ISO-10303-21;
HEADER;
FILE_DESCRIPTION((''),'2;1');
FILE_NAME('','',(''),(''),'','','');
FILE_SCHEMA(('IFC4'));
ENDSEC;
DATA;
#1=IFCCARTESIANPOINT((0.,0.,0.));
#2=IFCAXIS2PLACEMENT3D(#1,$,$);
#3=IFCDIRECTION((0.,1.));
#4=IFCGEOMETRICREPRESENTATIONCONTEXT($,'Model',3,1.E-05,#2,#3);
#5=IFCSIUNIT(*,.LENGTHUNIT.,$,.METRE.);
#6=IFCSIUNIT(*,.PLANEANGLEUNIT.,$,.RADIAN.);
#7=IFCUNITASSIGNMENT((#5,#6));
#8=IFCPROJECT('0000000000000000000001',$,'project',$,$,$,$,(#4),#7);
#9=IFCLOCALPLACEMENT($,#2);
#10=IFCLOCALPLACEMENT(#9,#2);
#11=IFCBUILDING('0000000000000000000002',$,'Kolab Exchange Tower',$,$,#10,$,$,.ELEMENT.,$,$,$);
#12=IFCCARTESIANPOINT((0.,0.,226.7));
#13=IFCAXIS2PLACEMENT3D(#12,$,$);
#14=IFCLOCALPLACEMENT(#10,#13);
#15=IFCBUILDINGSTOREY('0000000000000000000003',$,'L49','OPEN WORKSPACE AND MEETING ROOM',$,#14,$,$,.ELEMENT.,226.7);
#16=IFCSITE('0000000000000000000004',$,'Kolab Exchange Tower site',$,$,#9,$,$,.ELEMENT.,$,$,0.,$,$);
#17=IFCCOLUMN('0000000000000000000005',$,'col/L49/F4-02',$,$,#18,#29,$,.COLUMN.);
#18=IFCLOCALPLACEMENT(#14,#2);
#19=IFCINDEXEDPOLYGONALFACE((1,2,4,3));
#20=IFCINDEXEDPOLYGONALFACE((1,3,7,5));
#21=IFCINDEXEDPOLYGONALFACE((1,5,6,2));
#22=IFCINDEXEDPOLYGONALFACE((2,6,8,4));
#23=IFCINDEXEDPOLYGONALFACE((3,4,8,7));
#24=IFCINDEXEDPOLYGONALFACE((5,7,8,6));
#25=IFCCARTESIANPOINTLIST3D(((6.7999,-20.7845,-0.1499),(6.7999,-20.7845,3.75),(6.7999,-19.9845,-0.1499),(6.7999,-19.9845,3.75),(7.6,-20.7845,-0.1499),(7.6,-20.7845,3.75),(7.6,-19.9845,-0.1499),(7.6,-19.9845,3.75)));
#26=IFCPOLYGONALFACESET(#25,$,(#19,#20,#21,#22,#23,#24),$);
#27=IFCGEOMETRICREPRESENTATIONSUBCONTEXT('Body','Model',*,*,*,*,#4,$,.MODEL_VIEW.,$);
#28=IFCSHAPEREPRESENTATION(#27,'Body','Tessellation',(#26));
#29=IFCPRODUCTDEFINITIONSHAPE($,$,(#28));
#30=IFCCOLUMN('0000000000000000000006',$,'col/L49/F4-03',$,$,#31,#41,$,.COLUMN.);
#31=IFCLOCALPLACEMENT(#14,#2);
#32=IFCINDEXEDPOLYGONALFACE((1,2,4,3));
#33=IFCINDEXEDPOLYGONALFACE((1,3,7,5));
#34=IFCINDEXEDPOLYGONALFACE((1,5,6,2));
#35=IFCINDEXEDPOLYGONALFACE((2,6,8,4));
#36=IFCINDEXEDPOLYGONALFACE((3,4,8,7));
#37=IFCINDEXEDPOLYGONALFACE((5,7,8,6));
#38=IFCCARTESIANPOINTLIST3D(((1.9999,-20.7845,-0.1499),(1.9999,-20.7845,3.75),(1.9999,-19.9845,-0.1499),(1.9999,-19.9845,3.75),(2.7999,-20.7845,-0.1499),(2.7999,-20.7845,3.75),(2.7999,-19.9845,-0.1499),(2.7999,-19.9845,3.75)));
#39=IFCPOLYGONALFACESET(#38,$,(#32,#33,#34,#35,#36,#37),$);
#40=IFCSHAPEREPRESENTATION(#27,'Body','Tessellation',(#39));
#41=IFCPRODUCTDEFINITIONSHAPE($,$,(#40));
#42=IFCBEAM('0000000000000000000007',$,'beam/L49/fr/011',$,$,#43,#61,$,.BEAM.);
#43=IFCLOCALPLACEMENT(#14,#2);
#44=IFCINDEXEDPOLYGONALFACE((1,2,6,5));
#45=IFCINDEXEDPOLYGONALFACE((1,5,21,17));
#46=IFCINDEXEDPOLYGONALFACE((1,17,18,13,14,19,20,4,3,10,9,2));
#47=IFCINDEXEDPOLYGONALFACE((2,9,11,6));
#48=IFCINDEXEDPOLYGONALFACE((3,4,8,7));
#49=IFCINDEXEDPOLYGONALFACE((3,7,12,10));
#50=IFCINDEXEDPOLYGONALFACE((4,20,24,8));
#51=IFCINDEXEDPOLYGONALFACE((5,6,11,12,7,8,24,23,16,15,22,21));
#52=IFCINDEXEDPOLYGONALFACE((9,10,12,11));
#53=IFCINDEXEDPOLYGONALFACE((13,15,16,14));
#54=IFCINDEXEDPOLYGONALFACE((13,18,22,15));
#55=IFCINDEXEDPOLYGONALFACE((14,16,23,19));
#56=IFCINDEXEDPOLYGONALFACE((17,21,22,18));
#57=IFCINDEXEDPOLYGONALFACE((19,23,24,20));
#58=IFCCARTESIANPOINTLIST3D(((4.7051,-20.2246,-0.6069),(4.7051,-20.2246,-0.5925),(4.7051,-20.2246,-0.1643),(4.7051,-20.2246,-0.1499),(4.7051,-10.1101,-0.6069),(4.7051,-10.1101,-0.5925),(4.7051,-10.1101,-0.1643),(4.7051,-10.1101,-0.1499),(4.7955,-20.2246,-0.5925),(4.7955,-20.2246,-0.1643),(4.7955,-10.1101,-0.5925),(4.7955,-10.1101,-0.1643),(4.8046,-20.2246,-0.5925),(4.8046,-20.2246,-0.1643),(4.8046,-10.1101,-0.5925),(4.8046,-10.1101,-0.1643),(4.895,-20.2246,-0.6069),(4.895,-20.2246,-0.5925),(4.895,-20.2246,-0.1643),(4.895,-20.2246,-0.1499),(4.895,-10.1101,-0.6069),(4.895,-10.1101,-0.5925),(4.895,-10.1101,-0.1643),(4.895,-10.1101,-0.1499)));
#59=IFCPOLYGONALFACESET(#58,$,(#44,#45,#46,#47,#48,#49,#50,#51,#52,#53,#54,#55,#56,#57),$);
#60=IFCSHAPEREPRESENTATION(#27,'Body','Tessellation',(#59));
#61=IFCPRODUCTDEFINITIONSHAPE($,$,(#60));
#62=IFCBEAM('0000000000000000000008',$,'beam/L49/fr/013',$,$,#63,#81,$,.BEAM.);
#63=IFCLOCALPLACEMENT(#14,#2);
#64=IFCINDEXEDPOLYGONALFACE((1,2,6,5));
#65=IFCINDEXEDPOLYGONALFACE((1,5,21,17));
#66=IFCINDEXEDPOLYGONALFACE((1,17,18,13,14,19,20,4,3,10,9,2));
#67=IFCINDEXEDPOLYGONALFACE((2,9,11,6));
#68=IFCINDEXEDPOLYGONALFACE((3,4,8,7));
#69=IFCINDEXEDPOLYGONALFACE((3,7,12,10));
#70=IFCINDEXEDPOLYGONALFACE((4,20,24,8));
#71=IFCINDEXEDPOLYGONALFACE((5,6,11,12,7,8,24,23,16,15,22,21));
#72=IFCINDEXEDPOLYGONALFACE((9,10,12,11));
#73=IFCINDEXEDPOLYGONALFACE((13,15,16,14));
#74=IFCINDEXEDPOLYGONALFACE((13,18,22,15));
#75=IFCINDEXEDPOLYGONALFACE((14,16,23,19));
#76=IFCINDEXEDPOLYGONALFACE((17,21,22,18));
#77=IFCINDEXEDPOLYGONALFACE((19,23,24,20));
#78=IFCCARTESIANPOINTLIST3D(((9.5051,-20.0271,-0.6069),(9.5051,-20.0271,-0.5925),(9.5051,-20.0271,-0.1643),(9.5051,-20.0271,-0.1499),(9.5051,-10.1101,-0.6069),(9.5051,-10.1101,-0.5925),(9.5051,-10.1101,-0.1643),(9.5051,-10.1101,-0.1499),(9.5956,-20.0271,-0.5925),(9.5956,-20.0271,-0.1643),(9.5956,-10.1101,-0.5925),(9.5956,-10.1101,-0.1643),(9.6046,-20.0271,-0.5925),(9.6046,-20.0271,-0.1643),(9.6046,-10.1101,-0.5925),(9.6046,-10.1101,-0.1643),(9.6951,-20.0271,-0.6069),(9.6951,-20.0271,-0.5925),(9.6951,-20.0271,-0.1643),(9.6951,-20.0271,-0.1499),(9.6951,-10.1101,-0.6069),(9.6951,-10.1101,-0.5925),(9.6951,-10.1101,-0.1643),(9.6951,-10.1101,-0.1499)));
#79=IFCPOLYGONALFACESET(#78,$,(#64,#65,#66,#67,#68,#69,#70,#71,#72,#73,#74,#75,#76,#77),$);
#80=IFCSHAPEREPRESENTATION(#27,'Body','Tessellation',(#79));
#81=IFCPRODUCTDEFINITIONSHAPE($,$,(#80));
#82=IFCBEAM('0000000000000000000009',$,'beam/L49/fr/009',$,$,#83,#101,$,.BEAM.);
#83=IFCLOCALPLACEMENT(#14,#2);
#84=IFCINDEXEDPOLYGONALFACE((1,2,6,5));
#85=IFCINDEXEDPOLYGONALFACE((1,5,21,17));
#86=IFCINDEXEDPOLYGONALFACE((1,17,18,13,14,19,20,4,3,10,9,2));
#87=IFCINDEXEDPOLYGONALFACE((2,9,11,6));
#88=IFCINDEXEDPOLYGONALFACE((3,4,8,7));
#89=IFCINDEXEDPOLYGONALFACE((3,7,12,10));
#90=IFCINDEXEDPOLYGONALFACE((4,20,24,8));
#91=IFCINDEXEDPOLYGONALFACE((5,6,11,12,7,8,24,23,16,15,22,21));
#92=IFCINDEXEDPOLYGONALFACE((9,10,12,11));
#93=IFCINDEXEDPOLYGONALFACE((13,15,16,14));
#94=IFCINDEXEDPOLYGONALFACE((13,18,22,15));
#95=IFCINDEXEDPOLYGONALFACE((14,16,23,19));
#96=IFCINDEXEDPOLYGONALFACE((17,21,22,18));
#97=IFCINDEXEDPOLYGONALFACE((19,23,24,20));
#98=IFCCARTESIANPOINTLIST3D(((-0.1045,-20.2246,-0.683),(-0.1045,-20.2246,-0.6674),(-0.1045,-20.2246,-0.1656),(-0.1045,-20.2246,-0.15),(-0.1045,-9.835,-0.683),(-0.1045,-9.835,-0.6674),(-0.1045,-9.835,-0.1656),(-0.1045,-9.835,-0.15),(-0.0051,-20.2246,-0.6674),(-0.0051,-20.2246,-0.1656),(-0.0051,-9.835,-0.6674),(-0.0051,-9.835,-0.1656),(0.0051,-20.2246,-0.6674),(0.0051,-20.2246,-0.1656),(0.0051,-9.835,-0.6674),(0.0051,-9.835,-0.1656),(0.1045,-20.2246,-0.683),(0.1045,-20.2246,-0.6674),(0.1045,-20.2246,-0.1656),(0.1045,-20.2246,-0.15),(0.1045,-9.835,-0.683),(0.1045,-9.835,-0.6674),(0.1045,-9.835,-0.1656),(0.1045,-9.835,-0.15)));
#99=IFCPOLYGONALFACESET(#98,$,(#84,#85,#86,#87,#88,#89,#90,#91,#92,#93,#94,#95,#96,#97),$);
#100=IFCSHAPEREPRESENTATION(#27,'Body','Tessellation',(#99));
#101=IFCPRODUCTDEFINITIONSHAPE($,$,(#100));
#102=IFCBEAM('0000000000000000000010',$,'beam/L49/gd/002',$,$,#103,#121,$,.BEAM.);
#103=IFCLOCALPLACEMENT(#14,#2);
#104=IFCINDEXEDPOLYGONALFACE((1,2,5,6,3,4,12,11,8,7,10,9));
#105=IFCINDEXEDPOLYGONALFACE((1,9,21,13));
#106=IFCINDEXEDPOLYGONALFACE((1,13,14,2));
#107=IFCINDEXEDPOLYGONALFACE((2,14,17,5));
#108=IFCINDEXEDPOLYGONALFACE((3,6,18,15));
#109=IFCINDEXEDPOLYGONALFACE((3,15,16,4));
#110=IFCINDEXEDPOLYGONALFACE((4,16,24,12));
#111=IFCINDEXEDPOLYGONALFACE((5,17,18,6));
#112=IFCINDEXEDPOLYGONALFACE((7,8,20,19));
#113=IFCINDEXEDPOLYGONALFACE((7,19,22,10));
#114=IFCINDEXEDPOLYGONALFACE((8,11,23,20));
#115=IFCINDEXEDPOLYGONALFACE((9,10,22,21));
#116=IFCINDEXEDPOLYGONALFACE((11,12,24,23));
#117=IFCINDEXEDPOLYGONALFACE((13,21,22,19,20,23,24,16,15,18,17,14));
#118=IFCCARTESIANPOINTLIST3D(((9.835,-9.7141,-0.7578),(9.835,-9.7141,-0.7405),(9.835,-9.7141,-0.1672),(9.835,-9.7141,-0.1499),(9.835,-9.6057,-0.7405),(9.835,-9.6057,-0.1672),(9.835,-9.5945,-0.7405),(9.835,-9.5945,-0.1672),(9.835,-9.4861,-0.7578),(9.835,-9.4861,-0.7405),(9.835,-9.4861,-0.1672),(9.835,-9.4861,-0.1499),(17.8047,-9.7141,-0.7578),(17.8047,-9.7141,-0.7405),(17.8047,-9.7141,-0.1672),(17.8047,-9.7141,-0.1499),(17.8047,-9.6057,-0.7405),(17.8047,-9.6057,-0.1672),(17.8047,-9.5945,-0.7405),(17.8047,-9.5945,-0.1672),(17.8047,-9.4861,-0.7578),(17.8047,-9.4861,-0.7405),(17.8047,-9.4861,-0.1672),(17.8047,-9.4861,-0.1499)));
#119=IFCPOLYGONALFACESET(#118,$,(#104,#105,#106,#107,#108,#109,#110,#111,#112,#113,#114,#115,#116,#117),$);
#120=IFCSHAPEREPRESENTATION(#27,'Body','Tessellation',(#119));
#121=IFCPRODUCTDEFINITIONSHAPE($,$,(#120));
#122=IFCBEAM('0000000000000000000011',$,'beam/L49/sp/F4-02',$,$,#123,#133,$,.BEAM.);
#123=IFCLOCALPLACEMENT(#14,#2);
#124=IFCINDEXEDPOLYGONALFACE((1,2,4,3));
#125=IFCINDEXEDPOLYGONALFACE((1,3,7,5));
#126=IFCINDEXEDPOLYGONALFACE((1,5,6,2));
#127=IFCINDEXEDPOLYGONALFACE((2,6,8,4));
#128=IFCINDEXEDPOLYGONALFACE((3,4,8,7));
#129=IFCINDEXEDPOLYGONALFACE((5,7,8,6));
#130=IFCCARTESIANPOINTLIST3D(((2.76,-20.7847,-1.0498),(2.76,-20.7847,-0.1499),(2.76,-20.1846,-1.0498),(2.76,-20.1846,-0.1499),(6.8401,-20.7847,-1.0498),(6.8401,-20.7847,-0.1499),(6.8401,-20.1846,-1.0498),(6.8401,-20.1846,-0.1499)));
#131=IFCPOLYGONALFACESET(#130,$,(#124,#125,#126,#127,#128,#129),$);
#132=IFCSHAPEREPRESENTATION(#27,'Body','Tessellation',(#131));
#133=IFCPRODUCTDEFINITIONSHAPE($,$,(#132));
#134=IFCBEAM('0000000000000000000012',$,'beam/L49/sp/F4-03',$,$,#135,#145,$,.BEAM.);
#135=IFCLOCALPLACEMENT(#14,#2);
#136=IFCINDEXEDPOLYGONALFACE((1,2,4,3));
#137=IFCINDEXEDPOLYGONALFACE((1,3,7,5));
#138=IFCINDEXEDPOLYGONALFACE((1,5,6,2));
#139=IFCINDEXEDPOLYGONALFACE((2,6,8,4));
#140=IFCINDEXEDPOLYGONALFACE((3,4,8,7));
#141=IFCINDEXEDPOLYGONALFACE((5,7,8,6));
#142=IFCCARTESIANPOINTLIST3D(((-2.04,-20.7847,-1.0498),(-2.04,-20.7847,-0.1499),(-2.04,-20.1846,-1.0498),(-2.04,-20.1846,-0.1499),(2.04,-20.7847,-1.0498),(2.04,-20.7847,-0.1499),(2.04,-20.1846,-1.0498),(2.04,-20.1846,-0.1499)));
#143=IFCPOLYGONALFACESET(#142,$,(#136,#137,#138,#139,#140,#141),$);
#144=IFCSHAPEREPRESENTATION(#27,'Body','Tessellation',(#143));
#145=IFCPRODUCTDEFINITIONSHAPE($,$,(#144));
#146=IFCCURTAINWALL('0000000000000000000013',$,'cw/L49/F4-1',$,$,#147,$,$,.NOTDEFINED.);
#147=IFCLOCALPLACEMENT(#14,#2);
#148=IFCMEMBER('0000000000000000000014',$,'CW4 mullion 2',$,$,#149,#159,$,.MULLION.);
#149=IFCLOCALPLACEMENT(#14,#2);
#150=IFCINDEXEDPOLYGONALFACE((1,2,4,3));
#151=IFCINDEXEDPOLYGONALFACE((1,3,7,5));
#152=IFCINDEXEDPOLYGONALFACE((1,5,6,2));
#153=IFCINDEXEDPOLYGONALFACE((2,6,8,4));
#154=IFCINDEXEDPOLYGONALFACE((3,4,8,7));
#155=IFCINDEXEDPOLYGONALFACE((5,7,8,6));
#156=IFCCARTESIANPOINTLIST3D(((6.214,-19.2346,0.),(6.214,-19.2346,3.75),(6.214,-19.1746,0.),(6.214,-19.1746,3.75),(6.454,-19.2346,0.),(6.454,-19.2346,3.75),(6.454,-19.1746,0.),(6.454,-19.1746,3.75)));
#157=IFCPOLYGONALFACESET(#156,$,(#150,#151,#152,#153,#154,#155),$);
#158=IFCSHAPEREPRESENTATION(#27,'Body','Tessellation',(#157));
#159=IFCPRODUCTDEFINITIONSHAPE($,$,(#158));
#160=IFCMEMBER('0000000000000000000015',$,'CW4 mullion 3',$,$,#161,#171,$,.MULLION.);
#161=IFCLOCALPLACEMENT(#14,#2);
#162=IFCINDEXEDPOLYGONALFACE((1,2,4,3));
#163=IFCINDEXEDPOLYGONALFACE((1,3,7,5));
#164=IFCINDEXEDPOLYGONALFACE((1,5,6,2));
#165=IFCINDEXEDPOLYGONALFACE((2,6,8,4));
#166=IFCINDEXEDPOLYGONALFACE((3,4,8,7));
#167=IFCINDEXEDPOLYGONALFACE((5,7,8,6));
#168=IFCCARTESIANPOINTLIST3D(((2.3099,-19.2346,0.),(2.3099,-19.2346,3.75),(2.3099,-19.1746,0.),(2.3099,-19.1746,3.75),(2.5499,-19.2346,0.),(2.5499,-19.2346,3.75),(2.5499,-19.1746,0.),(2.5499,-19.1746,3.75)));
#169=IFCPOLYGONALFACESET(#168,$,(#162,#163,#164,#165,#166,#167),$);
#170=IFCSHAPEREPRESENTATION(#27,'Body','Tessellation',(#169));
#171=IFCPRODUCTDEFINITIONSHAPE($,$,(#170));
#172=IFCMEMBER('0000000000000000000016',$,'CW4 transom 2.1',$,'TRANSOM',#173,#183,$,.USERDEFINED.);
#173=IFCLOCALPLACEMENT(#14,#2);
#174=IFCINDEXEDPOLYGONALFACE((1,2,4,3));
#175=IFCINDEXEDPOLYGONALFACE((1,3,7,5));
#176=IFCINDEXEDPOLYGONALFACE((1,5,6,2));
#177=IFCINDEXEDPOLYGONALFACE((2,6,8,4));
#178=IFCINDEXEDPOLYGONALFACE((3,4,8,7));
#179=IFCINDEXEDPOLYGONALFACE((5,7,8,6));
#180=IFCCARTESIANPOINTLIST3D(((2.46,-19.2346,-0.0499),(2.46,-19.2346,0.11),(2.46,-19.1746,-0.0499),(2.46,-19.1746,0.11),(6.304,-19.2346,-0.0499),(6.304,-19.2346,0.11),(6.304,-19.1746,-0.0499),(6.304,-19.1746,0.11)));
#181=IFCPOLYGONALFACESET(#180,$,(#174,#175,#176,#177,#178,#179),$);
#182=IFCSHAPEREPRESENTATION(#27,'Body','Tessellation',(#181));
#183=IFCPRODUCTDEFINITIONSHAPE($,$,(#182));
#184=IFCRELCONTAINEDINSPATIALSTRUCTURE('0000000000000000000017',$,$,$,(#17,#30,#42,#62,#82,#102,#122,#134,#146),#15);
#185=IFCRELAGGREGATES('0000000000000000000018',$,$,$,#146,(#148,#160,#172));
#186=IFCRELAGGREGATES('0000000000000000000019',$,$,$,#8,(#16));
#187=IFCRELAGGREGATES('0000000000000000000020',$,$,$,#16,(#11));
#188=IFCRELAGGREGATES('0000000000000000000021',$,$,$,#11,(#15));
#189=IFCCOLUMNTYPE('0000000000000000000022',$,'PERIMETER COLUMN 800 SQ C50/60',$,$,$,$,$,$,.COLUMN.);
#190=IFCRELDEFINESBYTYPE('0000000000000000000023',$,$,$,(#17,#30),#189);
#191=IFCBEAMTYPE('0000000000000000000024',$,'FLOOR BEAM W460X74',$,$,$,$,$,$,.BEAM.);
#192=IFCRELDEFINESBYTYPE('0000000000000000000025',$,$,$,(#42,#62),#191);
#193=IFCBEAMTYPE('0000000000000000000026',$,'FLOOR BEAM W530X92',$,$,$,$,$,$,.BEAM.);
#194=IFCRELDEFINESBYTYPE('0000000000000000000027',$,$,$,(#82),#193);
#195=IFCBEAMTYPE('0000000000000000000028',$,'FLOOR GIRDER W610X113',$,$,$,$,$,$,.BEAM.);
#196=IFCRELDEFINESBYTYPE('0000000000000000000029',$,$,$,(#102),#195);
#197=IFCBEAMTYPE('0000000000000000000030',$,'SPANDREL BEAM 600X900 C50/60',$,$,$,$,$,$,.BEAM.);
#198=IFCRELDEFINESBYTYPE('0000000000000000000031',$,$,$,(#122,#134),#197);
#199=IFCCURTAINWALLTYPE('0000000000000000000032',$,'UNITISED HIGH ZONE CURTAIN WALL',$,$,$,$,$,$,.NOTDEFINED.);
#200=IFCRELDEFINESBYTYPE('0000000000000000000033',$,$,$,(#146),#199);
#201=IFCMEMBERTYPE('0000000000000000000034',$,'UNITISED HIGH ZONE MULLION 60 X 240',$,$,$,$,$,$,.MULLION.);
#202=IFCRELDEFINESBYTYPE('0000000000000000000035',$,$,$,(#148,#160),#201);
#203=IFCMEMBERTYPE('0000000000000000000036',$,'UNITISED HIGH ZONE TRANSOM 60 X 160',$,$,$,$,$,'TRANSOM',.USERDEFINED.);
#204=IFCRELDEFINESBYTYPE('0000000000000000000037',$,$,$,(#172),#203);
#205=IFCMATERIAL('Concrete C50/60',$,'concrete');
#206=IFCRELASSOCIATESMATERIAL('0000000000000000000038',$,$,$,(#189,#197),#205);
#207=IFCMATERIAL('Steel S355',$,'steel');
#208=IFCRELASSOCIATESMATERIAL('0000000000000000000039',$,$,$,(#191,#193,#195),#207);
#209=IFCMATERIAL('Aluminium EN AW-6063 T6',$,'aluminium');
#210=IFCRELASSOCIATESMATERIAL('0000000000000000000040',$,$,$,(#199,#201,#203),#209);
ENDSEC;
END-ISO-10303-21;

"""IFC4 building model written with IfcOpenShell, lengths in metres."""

from ifc_helpers import new_model, si_unit, direction, frame, origin, origin_2d, place, context, subcontext, project, spatial, rectangle, i_section, extrude, material, material_profile, profile_set, type_object, element, aggregate, save


model = new_model("IFC4")

# Units and contexts
model_context = context("Model", 3, precision=1e-05, world=origin(), true_north=direction((0.0, 1.0)))
body_context = subcontext(model_context, "Body", "Model", "MODEL_VIEW")
ifc_project = project(units=[si_unit("LENGTHUNIT", "METRE"), si_unit("PLANEANGLEUNIT", "RADIAN")], contexts=[model_context])

# Site, building, storey
site_placement = place(None, origin())
site = spatial("IfcSite", under=ifc_project, at=site_placement, Name="Kolab Exchange Tower site", CompositionType="ELEMENT", RefElevation=0.0)
building_placement = place(site_placement, origin())
building = spatial("IfcBuilding", under=site, at=building_placement, Name="Kolab Exchange Tower", CompositionType="ELEMENT")
storey_placement = place(building_placement, frame((0.0, 0.0, 226.7)))
storey = spatial("IfcBuildingStorey", under=building, at=storey_placement, Name="L49", Description="OPEN WORKSPACE AND MEETING ROOM", CompositionType="ELEMENT", Elevation=226.7)

# Columns
ifc_material_1 = material(Name="Concrete C50/60", Category="concrete")
ifc_material_profile_1 = material_profile(ifc_material_1, rectangle(XDim=0.8, YDim=0.8, at=origin_2d()), Name="RC800")
ifc_profile_set_1 = profile_set([ifc_material_profile_1], Name="Concrete C50/60")
column_type = type_object("IfcColumnType", Name="PERIMETER COLUMN 800 SQ C50/60", PredefinedType="COLUMN", material=ifc_profile_set_1)
for number, where, z_axis, x_axis, name in (
    (1, (7.2, -20.3845, -0.1499), (0.0, 0.0, 1.0), (1.0, 0.0, 0.0), "col/L49/F4-02"),
    (2, (2.3999, -20.3845, -0.1499), (0.0, 0.0, 1.0), (1.0, 0.0, 0.0), "col/L49/F4-03"),
):
    element("IfcColumn", number, at=place(storey_placement, frame(where, z_axis=z_axis, x_axis=x_axis)), inside=storey, type_object=column_type, Name=name, PredefinedType="COLUMN", context=body_context, shape_type="SweptSolid", body=[
        extrude(rectangle(XDim=0.8, YDim=0.8, at=origin_2d()), origin(), (0.0, 0.0, 1.0), 3.8999),
    ])

# Beams
ifc_material_2 = material(Name="Steel S355", Category="steel")
ifc_material_profile_2 = material_profile(ifc_material_2, i_section(OverallWidth=0.1899, OverallDepth=0.457, WebThickness=0.009, FlangeThickness=0.0144, at=origin_2d()), Name="W460X74")
ifc_profile_set_2 = profile_set([ifc_material_profile_2], Name="Steel S355")
beam_type_1 = type_object("IfcBeamType", Name="FLOOR BEAM W460X74", PredefinedType="BEAM", material=ifc_profile_set_2)
beam_1_placement = place(storey_placement, frame((4.8, -20.2246, -0.3784), z_axis=(0.0, 1.0, 0.0), x_axis=(-1.0, 0.0, 0.0)))
element("IfcBeam", 3, at=beam_1_placement, inside=storey, type_object=beam_type_1, Name="beam/L49/fr/011", PredefinedType="BEAM", context=body_context, shape_type="SweptSolid", body=[
    extrude(i_section(OverallWidth=0.1899, OverallDepth=0.457, WebThickness=0.009, FlangeThickness=0.0144, at=origin_2d()), origin(), (0.0, 0.0, 1.0), 10.1145),
])
beam_2_placement = place(storey_placement, frame((9.6001, -20.0271, -0.3784), z_axis=(0.0, 1.0, 0.0), x_axis=(-1.0, 0.0, 0.0)))
element("IfcBeam", 4, at=beam_2_placement, inside=storey, type_object=beam_type_1, Name="beam/L49/fr/013", PredefinedType="BEAM", context=body_context, shape_type="SweptSolid", body=[
    extrude(i_section(OverallWidth=0.1899, OverallDepth=0.457, WebThickness=0.009, FlangeThickness=0.0144, at=origin_2d()), origin(), (0.0, 0.0, 1.0), 9.917),
])
ifc_material_profile_3 = material_profile(ifc_material_2, i_section(OverallWidth=0.209, OverallDepth=0.533, WebThickness=0.0103, FlangeThickness=0.0156, at=origin_2d()), Name="W530X92")
ifc_profile_set_3 = profile_set([ifc_material_profile_3], Name="Steel S355")
beam_type_2 = type_object("IfcBeamType", Name="FLOOR BEAM W530X92", PredefinedType="BEAM", material=ifc_profile_set_3)
beam_3_placement = place(storey_placement, frame((0.0, -20.2246, -0.4165), z_axis=(0.0, 1.0, 0.0), x_axis=(-1.0, 0.0, 0.0)))
element("IfcBeam", 5, at=beam_3_placement, inside=storey, type_object=beam_type_2, Name="beam/L49/fr/009", PredefinedType="BEAM", context=body_context, shape_type="SweptSolid", body=[
    extrude(i_section(OverallWidth=0.209, OverallDepth=0.533, WebThickness=0.0103, FlangeThickness=0.0156, at=origin_2d()), origin(), (0.0, 0.0, 1.0), 10.3896),
])
ifc_material_profile_4 = material_profile(ifc_material_2, i_section(OverallWidth=0.228, OverallDepth=0.6079, WebThickness=0.0112, FlangeThickness=0.0173, at=origin_2d()), Name="W610X113")
ifc_profile_set_4 = profile_set([ifc_material_profile_4], Name="Steel S355")
beam_type_3 = type_object("IfcBeamType", Name="FLOOR GIRDER W610X113", PredefinedType="BEAM", material=ifc_profile_set_4)
beam_4_placement = place(storey_placement, frame((9.835, -9.6001, -0.4539), z_axis=(1.0, 0.0, 0.0), x_axis=(0.0, 1.0, 0.0)))
element("IfcBeam", 6, at=beam_4_placement, inside=storey, type_object=beam_type_3, Name="beam/L49/gd/002", PredefinedType="BEAM", context=body_context, shape_type="SweptSolid", body=[
    extrude(i_section(OverallWidth=0.228, OverallDepth=0.6079, WebThickness=0.0112, FlangeThickness=0.0173, at=origin_2d()), origin(), (0.0, 0.0, 1.0), 7.9697),
])
ifc_material_profile_5 = material_profile(ifc_material_1, rectangle(XDim=0.6001, YDim=0.8999, at=origin_2d()), Name="RC600X900")
ifc_profile_set_5 = profile_set([ifc_material_profile_5], Name="Concrete C50/60")
beam_type_4 = type_object("IfcBeamType", Name="SPANDREL BEAM 600X900 C50/60", PredefinedType="BEAM", material=ifc_profile_set_5)
for number, where, z_axis, x_axis, name in (
    (7, (6.8401, -20.4846, -0.5999), (-1.0, 0.0, 0.0), (0.0, -1.0, 0.0), "beam/L49/sp/F4-02"),
    (8, (2.04, -20.4846, -0.5999), (-1.0, 0.0, 0.0), (0.0, -1.0, 0.0), "beam/L49/sp/F4-03"),
):
    element("IfcBeam", number, at=place(storey_placement, frame(where, z_axis=z_axis, x_axis=x_axis)), inside=storey, type_object=beam_type_4, Name=name, PredefinedType="BEAM", context=body_context, shape_type="SweptSolid", body=[
        extrude(rectangle(XDim=0.6001, YDim=0.8999, at=origin_2d()), origin(), (0.0, 0.0, 1.0), 4.0801),
    ])

# Curtain wall, members
ifc_material_3 = material(Name="Aluminium EN AW-6063 T6", Category="aluminium")
curtain_wall_type = type_object("IfcCurtainWallType", Name="UNITISED HIGH ZONE CURTAIN WALL", PredefinedType="NOTDEFINED", material=ifc_material_3)
curtain_wall_placement = place(storey_placement, origin())
curtain_wall = element("IfcCurtainWall", 9, at=curtain_wall_placement, inside=storey, type_object=curtain_wall_type, Name="cw/L49/F4-1", PredefinedType="NOTDEFINED")
ifc_material_profile_6 = material_profile(ifc_material_3, rectangle(XDim=0.0601, YDim=0.24, at=origin_2d()), Name="RECT 60X240")
ifc_profile_set_6 = profile_set([ifc_material_profile_6], Name="Aluminium EN AW-6063 T6")
member_type_1 = type_object("IfcMemberType", Name="UNITISED HIGH ZONE MULLION 60 X 240", PredefinedType="MULLION", material=ifc_profile_set_6)
member_1_placement = place(storey_placement, frame((6.334, -19.2046, 0.0), z_axis=(0.0, 0.0, 1.0), x_axis=(0.0, -1.0, 0.0)))
member_1 = element("IfcMember", 10, at=member_1_placement, type_object=member_type_1, Name="CW4 mullion 2", PredefinedType="MULLION", context=body_context, shape_type="SweptSolid", body=[
    extrude(rectangle(XDim=0.0601, YDim=0.24, at=origin_2d()), origin(), (0.0, 0.0, 1.0), 3.75),
])
member_2_placement = place(storey_placement, frame((2.4299, -19.2046, 0.0), z_axis=(0.0, 0.0, 1.0), x_axis=(0.0, -1.0, 0.0)))
member_2 = element("IfcMember", 11, at=member_2_placement, type_object=member_type_1, Name="CW4 mullion 3", PredefinedType="MULLION", context=body_context, shape_type="SweptSolid", body=[
    extrude(rectangle(XDim=0.0601, YDim=0.24, at=origin_2d()), origin(), (0.0, 0.0, 1.0), 3.75),
])
ifc_material_profile_7 = material_profile(ifc_material_3, rectangle(XDim=0.0601, YDim=0.1599, at=origin_2d()), Name="RECT 60X160")
ifc_profile_set_7 = profile_set([ifc_material_profile_7], Name="Aluminium EN AW-6063 T6")
member_type_2 = type_object("IfcMemberType", Name="UNITISED HIGH ZONE TRANSOM 60 X 160", ElementType="TRANSOM", PredefinedType="USERDEFINED", material=ifc_profile_set_7)
member_3_placement = place(storey_placement, frame((6.304, -19.2046, 0.03), z_axis=(-1.0, 0.0, 0.0), x_axis=(0.0, -1.0, 0.0)))
member_3 = element("IfcMember", 12, at=member_3_placement, type_object=member_type_2, Name="CW4 transom 2.1", ObjectType="TRANSOM", PredefinedType="USERDEFINED", context=body_context, shape_type="SweptSolid", body=[
    extrude(rectangle(XDim=0.0601, YDim=0.1599, at=origin_2d()), origin(), (0.0, 0.0, 1.0), 3.844),
])
aggregate(curtain_wall, [member_1, member_2, member_3])

save(model, "model.ifc")
